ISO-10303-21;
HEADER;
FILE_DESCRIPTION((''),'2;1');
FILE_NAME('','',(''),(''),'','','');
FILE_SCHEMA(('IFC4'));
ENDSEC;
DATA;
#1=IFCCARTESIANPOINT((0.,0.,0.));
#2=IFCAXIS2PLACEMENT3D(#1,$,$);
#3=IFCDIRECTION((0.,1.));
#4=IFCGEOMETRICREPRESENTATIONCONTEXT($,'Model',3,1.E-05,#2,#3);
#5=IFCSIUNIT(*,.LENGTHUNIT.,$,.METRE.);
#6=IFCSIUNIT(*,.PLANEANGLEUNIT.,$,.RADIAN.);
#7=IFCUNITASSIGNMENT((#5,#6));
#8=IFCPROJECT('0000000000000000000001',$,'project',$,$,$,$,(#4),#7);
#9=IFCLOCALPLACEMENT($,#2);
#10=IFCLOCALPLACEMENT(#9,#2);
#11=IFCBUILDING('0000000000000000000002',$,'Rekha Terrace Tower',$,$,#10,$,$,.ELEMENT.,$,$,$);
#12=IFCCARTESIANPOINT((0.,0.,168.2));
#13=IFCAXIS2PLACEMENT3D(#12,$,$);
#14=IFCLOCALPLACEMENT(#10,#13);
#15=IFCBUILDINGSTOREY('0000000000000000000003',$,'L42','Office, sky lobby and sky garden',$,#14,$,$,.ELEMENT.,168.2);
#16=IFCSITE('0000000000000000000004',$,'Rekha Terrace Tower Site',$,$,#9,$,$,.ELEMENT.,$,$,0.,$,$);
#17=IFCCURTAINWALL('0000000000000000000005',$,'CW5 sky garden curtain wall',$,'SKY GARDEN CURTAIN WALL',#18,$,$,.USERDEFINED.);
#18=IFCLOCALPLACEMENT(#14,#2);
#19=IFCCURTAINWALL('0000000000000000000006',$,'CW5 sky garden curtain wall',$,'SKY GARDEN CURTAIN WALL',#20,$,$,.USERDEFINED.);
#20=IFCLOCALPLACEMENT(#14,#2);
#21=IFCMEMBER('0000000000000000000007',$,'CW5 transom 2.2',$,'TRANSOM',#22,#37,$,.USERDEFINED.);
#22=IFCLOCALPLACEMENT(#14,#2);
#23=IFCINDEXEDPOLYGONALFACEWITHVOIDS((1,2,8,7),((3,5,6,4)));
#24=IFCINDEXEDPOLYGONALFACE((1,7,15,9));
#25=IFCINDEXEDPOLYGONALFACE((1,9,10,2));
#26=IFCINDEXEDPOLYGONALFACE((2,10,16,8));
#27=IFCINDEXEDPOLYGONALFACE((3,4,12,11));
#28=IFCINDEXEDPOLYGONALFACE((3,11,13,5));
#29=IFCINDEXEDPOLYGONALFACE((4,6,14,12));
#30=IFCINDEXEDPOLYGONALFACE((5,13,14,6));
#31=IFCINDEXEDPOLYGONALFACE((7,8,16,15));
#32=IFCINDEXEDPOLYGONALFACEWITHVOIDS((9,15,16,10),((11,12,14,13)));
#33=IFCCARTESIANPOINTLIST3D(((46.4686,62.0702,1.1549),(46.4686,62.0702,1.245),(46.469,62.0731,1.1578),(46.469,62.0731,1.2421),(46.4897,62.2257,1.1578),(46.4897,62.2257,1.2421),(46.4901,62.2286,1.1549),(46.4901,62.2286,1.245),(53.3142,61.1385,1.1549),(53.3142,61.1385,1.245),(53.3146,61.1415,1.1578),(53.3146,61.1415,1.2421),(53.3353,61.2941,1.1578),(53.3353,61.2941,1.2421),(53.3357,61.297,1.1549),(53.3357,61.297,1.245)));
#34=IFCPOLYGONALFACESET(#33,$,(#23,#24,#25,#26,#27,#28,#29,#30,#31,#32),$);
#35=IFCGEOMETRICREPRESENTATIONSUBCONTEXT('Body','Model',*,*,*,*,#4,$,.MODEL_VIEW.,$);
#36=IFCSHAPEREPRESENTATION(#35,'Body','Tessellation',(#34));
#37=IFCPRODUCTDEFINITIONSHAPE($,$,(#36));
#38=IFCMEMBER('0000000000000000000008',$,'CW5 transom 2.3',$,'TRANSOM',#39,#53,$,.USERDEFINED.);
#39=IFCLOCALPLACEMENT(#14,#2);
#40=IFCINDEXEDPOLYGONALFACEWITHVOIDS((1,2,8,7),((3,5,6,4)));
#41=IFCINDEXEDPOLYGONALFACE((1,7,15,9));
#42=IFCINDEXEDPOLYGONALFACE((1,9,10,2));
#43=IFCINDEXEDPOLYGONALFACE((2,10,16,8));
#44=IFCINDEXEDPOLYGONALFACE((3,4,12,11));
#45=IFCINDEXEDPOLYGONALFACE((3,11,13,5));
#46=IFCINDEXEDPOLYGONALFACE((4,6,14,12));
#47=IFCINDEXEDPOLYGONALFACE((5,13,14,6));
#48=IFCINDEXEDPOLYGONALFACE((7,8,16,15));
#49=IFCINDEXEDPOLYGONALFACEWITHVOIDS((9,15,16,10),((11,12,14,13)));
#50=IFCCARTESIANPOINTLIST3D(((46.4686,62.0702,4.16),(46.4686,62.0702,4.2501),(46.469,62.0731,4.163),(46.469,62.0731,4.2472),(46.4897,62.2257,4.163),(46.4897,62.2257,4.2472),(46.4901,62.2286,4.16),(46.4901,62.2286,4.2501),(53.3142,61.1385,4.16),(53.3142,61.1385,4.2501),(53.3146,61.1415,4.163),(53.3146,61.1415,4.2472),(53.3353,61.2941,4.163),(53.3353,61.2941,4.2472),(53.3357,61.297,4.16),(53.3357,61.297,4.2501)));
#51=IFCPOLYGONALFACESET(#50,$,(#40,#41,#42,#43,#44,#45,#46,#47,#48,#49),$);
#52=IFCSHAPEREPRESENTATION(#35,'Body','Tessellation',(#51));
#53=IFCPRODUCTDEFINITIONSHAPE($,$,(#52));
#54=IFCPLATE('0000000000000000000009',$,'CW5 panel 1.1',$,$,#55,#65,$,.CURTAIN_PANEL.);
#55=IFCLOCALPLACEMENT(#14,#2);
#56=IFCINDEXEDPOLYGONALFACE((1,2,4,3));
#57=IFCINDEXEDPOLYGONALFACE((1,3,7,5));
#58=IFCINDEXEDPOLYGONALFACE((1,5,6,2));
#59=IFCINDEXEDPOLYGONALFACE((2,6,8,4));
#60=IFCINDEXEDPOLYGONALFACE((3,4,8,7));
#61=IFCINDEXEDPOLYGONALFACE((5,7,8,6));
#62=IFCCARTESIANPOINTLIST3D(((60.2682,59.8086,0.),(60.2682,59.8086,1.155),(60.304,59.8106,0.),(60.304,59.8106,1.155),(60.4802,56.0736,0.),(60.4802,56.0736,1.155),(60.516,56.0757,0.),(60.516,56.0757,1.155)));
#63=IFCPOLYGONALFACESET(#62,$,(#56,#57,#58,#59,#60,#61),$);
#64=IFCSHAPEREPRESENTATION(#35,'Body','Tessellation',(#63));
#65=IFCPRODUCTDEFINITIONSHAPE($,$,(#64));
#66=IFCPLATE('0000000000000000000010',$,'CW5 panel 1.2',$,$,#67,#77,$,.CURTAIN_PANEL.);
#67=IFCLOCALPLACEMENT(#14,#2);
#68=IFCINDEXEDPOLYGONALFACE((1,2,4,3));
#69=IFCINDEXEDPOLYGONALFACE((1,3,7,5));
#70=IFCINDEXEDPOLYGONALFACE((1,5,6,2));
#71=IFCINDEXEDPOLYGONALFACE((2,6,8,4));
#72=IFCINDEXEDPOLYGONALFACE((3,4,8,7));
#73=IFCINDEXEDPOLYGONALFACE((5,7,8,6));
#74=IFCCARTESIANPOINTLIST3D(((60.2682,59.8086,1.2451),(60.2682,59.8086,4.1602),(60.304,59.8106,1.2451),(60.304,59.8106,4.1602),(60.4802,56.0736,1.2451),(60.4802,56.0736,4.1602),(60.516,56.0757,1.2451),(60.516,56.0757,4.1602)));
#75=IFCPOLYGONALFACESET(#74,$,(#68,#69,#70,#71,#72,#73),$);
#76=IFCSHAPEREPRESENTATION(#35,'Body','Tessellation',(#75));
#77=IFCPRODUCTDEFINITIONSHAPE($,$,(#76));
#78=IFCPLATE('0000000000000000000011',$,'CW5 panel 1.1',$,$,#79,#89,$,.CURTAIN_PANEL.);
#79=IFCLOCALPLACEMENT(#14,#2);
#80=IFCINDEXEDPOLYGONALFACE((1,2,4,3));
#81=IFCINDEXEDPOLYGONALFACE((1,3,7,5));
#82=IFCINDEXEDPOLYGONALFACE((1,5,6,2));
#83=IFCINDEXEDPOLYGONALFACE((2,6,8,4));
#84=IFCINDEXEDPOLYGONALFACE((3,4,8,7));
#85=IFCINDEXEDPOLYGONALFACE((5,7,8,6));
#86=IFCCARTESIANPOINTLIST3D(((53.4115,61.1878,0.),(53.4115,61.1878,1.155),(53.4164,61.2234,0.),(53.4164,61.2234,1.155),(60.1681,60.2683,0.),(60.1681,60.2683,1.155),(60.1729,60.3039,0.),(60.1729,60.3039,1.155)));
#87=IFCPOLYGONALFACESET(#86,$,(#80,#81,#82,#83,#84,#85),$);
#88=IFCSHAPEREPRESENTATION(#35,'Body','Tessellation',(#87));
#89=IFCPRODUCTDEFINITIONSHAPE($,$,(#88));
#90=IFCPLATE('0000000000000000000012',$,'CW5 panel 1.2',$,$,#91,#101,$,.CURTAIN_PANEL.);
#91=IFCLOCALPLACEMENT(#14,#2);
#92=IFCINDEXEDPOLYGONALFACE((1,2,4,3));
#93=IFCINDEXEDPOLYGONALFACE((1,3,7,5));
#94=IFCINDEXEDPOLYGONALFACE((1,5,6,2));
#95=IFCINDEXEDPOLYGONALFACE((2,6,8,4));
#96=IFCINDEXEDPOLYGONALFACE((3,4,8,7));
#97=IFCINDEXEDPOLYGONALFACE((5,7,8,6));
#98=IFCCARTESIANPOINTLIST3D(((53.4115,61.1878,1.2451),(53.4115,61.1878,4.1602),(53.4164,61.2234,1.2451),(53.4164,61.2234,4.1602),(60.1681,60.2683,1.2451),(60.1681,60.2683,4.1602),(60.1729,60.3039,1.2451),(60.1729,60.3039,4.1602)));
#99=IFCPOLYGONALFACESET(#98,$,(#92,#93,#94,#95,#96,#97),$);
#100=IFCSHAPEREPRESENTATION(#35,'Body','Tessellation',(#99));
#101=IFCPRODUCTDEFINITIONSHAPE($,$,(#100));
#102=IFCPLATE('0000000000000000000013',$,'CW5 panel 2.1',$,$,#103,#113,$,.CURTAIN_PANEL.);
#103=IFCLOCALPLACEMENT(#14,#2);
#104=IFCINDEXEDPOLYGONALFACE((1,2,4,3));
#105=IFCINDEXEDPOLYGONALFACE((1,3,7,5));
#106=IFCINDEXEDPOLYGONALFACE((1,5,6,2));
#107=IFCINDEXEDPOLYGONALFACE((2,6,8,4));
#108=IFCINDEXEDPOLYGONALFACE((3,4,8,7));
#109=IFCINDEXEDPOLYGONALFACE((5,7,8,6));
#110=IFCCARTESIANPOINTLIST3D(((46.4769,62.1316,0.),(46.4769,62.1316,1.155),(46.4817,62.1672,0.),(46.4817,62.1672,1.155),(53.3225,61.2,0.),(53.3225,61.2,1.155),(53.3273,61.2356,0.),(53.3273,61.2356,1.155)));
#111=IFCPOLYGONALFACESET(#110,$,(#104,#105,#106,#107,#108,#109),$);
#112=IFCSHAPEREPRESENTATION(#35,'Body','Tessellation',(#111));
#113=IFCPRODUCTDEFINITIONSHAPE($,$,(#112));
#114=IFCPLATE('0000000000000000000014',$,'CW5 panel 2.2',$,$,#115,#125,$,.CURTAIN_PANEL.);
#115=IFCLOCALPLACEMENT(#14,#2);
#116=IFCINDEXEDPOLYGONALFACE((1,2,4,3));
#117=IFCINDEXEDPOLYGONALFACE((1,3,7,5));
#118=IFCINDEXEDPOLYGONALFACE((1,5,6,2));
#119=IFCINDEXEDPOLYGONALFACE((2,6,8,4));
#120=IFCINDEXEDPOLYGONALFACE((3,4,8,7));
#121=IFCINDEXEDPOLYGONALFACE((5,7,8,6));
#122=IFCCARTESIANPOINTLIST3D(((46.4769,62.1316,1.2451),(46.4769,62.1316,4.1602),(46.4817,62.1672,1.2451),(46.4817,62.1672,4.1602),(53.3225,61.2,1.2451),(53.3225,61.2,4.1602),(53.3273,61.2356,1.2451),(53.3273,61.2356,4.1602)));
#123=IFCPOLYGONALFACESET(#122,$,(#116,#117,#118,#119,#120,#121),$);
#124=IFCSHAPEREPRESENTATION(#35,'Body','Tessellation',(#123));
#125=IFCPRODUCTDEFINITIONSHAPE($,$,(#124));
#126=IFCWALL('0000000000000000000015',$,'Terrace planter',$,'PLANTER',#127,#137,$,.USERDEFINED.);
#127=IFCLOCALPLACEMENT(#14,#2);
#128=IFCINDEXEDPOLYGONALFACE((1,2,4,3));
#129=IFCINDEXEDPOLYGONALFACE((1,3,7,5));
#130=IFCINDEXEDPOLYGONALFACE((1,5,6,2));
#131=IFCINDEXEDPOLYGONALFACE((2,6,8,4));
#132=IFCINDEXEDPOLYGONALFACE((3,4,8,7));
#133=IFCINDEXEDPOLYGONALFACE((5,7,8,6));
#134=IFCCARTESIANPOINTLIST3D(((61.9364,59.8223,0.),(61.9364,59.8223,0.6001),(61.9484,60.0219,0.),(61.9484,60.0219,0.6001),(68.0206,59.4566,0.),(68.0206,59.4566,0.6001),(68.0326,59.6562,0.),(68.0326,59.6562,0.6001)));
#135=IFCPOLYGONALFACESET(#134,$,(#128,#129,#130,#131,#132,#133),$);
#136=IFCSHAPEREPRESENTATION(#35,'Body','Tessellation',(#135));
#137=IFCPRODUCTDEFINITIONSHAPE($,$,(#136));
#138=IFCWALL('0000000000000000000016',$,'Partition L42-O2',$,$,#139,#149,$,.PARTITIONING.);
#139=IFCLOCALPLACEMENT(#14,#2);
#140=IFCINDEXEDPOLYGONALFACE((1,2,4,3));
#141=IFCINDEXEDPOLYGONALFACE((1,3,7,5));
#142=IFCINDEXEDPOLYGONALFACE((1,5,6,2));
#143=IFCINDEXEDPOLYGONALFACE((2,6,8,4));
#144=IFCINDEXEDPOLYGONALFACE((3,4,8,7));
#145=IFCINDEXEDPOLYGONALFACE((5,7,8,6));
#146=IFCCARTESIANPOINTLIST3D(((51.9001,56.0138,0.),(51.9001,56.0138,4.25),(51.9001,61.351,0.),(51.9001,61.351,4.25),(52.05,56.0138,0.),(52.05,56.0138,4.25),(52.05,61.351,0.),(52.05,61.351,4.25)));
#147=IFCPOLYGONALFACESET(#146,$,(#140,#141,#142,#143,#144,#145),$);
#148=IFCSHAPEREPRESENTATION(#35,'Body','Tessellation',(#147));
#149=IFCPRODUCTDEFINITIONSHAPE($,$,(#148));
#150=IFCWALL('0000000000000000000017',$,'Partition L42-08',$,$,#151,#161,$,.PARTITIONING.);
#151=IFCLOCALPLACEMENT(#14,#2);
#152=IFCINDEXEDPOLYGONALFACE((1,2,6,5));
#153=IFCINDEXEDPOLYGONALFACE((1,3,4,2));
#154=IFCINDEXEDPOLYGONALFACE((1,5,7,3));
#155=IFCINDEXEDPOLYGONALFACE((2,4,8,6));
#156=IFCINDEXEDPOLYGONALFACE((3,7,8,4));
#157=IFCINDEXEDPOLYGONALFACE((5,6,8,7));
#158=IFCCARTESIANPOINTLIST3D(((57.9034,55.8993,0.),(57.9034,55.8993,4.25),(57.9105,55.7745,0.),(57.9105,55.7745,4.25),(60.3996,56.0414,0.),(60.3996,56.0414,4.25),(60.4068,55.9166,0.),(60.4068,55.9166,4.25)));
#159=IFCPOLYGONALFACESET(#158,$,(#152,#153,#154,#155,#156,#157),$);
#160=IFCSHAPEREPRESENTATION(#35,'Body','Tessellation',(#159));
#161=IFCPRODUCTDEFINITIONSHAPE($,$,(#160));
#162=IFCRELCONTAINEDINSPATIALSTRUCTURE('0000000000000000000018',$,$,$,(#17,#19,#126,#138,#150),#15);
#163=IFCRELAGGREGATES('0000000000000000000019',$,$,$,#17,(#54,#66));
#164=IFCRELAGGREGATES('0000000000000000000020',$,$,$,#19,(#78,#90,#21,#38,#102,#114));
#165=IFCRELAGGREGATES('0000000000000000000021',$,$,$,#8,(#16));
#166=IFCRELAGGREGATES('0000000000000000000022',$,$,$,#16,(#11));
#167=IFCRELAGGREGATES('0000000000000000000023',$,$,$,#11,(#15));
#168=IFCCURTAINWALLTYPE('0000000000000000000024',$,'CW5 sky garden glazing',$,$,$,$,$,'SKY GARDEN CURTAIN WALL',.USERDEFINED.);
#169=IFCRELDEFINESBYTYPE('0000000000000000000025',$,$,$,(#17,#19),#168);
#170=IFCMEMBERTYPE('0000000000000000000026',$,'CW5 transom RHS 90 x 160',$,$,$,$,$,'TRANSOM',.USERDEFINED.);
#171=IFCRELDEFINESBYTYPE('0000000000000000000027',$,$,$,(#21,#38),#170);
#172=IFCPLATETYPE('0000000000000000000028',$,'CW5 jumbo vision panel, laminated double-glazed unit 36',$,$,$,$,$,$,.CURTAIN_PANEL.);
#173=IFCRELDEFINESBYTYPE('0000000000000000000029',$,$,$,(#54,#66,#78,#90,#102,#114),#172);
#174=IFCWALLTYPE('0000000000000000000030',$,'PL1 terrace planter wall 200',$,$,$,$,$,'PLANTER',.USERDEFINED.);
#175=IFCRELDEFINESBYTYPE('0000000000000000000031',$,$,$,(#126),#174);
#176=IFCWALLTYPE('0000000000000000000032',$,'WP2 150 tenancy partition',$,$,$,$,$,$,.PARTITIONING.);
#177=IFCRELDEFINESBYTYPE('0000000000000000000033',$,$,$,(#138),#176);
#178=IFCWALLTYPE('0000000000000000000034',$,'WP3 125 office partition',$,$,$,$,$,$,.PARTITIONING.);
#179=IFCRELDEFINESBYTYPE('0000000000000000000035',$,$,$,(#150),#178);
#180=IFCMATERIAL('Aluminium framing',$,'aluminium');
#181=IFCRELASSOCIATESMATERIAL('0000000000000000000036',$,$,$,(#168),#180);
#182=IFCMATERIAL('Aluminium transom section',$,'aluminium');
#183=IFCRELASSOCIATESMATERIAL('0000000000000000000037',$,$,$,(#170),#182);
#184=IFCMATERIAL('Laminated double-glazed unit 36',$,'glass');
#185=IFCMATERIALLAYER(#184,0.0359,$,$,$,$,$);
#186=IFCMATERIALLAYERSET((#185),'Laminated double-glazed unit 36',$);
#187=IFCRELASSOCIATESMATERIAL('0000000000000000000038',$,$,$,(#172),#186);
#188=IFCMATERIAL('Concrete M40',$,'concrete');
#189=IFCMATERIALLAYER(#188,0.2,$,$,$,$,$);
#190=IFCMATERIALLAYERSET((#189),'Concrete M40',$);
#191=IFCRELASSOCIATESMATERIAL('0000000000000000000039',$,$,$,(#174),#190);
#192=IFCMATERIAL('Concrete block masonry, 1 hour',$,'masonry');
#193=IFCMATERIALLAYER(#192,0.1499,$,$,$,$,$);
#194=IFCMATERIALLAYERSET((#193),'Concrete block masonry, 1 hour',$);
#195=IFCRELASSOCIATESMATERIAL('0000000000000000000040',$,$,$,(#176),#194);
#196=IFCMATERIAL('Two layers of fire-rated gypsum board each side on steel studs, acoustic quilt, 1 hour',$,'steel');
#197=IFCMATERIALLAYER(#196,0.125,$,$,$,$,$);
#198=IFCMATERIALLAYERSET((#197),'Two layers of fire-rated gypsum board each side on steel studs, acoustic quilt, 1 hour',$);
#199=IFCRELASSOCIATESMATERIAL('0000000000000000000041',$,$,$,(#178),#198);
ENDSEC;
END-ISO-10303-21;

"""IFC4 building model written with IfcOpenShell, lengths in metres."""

from ifc_helpers import new_model, si_unit, direction, frame, frame_2d, origin, origin_2d, place, context, subcontext, project, spatial, rectangle, hollow_rectangle, extrude, material, layer, layer_set, material_profile, profile_set, type_object, element, aggregate, save


model = new_model("IFC4")

# Units and contexts
model_context = context("Model", 3, precision=1e-05, world=origin(), true_north=direction((0.0, 1.0)))
body_context = subcontext(model_context, "Body", "Model", "MODEL_VIEW")
ifc_project = project(units=[si_unit("LENGTHUNIT", "METRE"), si_unit("PLANEANGLEUNIT", "RADIAN")], contexts=[model_context])

# Site, building, storey
site_placement = place(None, origin())
site = spatial("IfcSite", under=ifc_project, at=site_placement, Name="Rekha Terrace Tower Site", CompositionType="ELEMENT", RefElevation=0.0)
building_placement = place(site_placement, origin())
building = spatial("IfcBuilding", under=site, at=building_placement, Name="Rekha Terrace Tower", CompositionType="ELEMENT")
storey_placement = place(building_placement, frame((0.0, 0.0, 168.2)))
storey = spatial("IfcBuildingStorey", under=building, at=storey_placement, Name="L42", Description="Office, sky lobby and sky garden", CompositionType="ELEMENT", Elevation=168.2)

# Curtain walls
ifc_material_1 = material(Name="Aluminium framing", Category="aluminium")
curtain_wall_type = type_object("IfcCurtainWallType", Name="CW5 sky garden glazing", ElementType="SKY GARDEN CURTAIN WALL", PredefinedType="USERDEFINED", material=ifc_material_1)
curtain_wall_1_placement = place(storey_placement, origin())
curtain_wall_1 = element("IfcCurtainWall", 1, at=curtain_wall_1_placement, inside=storey, type_object=curtain_wall_type, Name="CW5 sky garden curtain wall", ObjectType="SKY GARDEN CURTAIN WALL", PredefinedType="USERDEFINED")
curtain_wall_2_placement = place(storey_placement, origin())
curtain_wall_2 = element("IfcCurtainWall", 2, at=curtain_wall_2_placement, inside=storey, type_object=curtain_wall_type, Name="CW5 sky garden curtain wall", ObjectType="SKY GARDEN CURTAIN WALL", PredefinedType="USERDEFINED")

# Members
ifc_material_2 = material(Name="Aluminium transom section", Category="aluminium")
ifc_material_profile_1 = material_profile(ifc_material_2, hollow_rectangle(XDim=0.1599, YDim=0.0901, WallThickness=0.0029, at=origin_2d()), Name="AL RHS 160x90")
ifc_profile_set_1 = profile_set([ifc_material_profile_1], Name="Aluminium transom section")
member_type_1 = type_object("IfcMemberType", Name="CW5 transom RHS 90 x 160", ElementType="TRANSOM", PredefinedType="USERDEFINED", material=ifc_profile_set_1)
member_1_placement = place(storey_placement, frame((53.325, 61.2178, 1.2), z_axis=(-0.990866, 0.134848, 0.0), x_axis=(-0.134848, -0.990866, 0.0)))
member_1 = element("IfcMember", 3, at=member_1_placement, type_object=member_type_1, Name="CW5 transom 2.2", ObjectType="TRANSOM", PredefinedType="USERDEFINED", context=body_context, shape_type="SweptSolid", body=[
    extrude(hollow_rectangle(XDim=0.1599, YDim=0.0901, WallThickness=0.0029, at=origin_2d()), origin(), (0.0, 0.0, 1.0), 6.9087),
])
member_2_placement = place(storey_placement, frame((53.325, 61.2178, 4.2051), z_axis=(-0.990866, 0.134848, 0.0), x_axis=(-0.134848, -0.990866, 0.0)))
member_2 = element("IfcMember", 4, at=member_2_placement, type_object=member_type_1, Name="CW5 transom 2.3", ObjectType="TRANSOM", PredefinedType="USERDEFINED", context=body_context, shape_type="SweptSolid", body=[
    extrude(hollow_rectangle(XDim=0.1599, YDim=0.0901, WallThickness=0.0029, at=origin_2d()), origin(), (0.0, 0.0, 1.0), 6.9087),
])

# Plates
ifc_material_3 = material(Name="Laminated double-glazed unit 36", Category="glass")
ifc_layer_1 = layer(ifc_material_3, 0.0359)
ifc_layer_set_1 = layer_set([ifc_layer_1], Name="Laminated double-glazed unit 36")
plate_type = type_object("IfcPlateType", Name="CW5 jumbo vision panel, laminated double-glazed unit 36", PredefinedType="CURTAIN_PANEL", material=ifc_layer_set_1)
plate_1_placement = place(storey_placement, frame((60.3921, 57.9421, 0.0), z_axis=(0.0, 0.0, 1.0), x_axis=(-0.056673, 0.998393, 0.0)))
plate_1 = element("IfcPlate", 5, at=plate_1_placement, type_object=plate_type, Name="CW5 panel 1.1", PredefinedType="CURTAIN_PANEL", context=body_context, shape_type="SweptSolid", body=[
    extrude(rectangle(XDim=3.741, YDim=0.0359, at=origin_2d()), origin(), (0.0, 0.0, 1.0), 1.155),
])
plate_2_placement = place(storey_placement, frame((60.3921, 57.9421, 1.2451), z_axis=(0.0, 0.0, 1.0), x_axis=(-0.056673, 0.998393, 0.0)))
plate_2 = element("IfcPlate", 6, at=plate_2_placement, type_object=plate_type, Name="CW5 panel 1.2", PredefinedType="CURTAIN_PANEL", context=body_context, shape_type="SweptSolid", body=[
    extrude(rectangle(XDim=3.741, YDim=0.0359, at=origin_2d()), origin(), (0.0, 0.0, 1.0), 2.915),
])
aggregate(curtain_wall_1, [plate_1, plate_2])
plate_3_placement = place(storey_placement, frame((56.7922, 60.7458, 0.0), z_axis=(0.0, 0.0, 1.0), x_axis=(-0.990867, 0.134841, 0.0)))
plate_3 = element("IfcPlate", 7, at=plate_3_placement, type_object=plate_type, Name="CW5 panel 1.1", PredefinedType="CURTAIN_PANEL", context=body_context, shape_type="SweptSolid", body=[
    extrude(rectangle(XDim=6.8188, YDim=0.0359, at=origin_2d()), origin(), (0.0, 0.0, 1.0), 1.155),
])
plate_4_placement = place(storey_placement, frame((56.7922, 60.7458, 1.2451), z_axis=(0.0, 0.0, 1.0), x_axis=(-0.990867, 0.134841, 0.0)))
plate_4 = element("IfcPlate", 8, at=plate_4_placement, type_object=plate_type, Name="CW5 panel 1.2", PredefinedType="CURTAIN_PANEL", context=body_context, shape_type="SweptSolid", body=[
    extrude(rectangle(XDim=6.8188, YDim=0.0359, at=origin_2d()), origin(), (0.0, 0.0, 1.0), 2.915),
])
plate_5_placement = place(storey_placement, frame((49.9021, 61.6836, 0.0), z_axis=(0.0, 0.0, 1.0), x_axis=(-0.990867, 0.134841, 0.0)))
plate_5 = element("IfcPlate", 9, at=plate_5_placement, type_object=plate_type, Name="CW5 panel 2.1", PredefinedType="CURTAIN_PANEL", context=body_context, shape_type="SweptSolid", body=[
    extrude(rectangle(XDim=6.9087, YDim=0.0359, at=origin_2d()), origin(), (0.0, 0.0, 1.0), 1.155),
])
plate_6_placement = place(storey_placement, frame((49.9021, 61.6836, 1.2451), z_axis=(0.0, 0.0, 1.0), x_axis=(-0.990867, 0.134841, 0.0)))
plate_6 = element("IfcPlate", 10, at=plate_6_placement, type_object=plate_type, Name="CW5 panel 2.2", PredefinedType="CURTAIN_PANEL", context=body_context, shape_type="SweptSolid", body=[
    extrude(rectangle(XDim=6.9087, YDim=0.0359, at=origin_2d()), origin(), (0.0, 0.0, 1.0), 2.915),
])
aggregate(curtain_wall_2, [plate_3, plate_4, member_1, member_2, plate_5, plate_6])

# Walls
ifc_material_4 = material(Name="Concrete M40", Category="concrete")
ifc_layer_2 = layer(ifc_material_4, 0.2)
ifc_layer_set_2 = layer_set([ifc_layer_2], Name="Concrete M40")
wall_type_1 = type_object("IfcWallType", Name="PL1 terrace planter wall 200", ElementType="PLANTER", PredefinedType="USERDEFINED", material=ifc_layer_set_2)
wall_1_placement = place(storey_placement, frame((68.0266, 59.5564, 0.0), z_axis=(0.0, 0.0, 1.0), x_axis=(-0.998198, 0.060002, 0.0)))
element("IfcWall", 11, at=wall_1_placement, inside=storey, type_object=wall_type_1, Name="Terrace planter", ObjectType="PLANTER", PredefinedType="USERDEFINED", context=body_context, shape_type="SweptSolid", body=[
    extrude(rectangle(XDim=6.0952, YDim=0.2, at=frame_2d((3.0476, 0.0))), origin(), (0.0, 0.0, 1.0), 0.6001),
])
ifc_material_5 = material(Name="Concrete block masonry, 1 hour", Category="masonry")
ifc_layer_3 = layer(ifc_material_5, 0.1499)
ifc_layer_set_3 = layer_set([ifc_layer_3], Name="Concrete block masonry, 1 hour")
wall_type_2 = type_object("IfcWallType", Name="WP2 150 tenancy partition", PredefinedType="PARTITIONING", material=ifc_layer_set_3)
wall_2_placement = place(storey_placement, frame((51.9751, 56.0139, 0.0), z_axis=(0.0, 0.0, 1.0), x_axis=(0.0, 1.0, 0.0)))
element("IfcWall", 12, at=wall_2_placement, inside=storey, type_object=wall_type_2, Name="Partition L42-O2", PredefinedType="PARTITIONING", context=body_context, shape_type="SweptSolid", body=[
    extrude(rectangle(XDim=5.3372, YDim=0.1499, at=frame_2d((2.6685, 0.0))), origin(), (0.0, 0.0, 1.0), 4.25),
])
ifc_material_6 = material(Name="Two layers of fire-rated gypsum board each side on steel studs, acoustic quilt, 1 hour", Category="steel")
ifc_layer_4 = layer(ifc_material_6, 0.125)
ifc_layer_set_4 = layer_set([ifc_layer_4], Name="Two layers of fire-rated gypsum board each side on steel studs, acoustic quilt, 1 hour")
wall_type_3 = type_object("IfcWallType", Name="WP3 125 office partition", PredefinedType="PARTITIONING", material=ifc_layer_set_4)
wall_3_placement = place(storey_placement, frame((60.4031, 55.979, 0.0), z_axis=(0.0, 0.0, 1.0), x_axis=(-0.998384, -0.056833, 0.0)))
element("IfcWall", 13, at=wall_3_placement, inside=storey, type_object=wall_type_3, Name="Partition L42-08", PredefinedType="PARTITIONING", context=body_context, shape_type="SweptSolid", body=[
    extrude(rectangle(XDim=2.5002, YDim=0.125, at=frame_2d((1.25, 0.0))), origin(), (0.0, 0.0, 1.0), 4.25),
])

save(model, "model.ifc")
